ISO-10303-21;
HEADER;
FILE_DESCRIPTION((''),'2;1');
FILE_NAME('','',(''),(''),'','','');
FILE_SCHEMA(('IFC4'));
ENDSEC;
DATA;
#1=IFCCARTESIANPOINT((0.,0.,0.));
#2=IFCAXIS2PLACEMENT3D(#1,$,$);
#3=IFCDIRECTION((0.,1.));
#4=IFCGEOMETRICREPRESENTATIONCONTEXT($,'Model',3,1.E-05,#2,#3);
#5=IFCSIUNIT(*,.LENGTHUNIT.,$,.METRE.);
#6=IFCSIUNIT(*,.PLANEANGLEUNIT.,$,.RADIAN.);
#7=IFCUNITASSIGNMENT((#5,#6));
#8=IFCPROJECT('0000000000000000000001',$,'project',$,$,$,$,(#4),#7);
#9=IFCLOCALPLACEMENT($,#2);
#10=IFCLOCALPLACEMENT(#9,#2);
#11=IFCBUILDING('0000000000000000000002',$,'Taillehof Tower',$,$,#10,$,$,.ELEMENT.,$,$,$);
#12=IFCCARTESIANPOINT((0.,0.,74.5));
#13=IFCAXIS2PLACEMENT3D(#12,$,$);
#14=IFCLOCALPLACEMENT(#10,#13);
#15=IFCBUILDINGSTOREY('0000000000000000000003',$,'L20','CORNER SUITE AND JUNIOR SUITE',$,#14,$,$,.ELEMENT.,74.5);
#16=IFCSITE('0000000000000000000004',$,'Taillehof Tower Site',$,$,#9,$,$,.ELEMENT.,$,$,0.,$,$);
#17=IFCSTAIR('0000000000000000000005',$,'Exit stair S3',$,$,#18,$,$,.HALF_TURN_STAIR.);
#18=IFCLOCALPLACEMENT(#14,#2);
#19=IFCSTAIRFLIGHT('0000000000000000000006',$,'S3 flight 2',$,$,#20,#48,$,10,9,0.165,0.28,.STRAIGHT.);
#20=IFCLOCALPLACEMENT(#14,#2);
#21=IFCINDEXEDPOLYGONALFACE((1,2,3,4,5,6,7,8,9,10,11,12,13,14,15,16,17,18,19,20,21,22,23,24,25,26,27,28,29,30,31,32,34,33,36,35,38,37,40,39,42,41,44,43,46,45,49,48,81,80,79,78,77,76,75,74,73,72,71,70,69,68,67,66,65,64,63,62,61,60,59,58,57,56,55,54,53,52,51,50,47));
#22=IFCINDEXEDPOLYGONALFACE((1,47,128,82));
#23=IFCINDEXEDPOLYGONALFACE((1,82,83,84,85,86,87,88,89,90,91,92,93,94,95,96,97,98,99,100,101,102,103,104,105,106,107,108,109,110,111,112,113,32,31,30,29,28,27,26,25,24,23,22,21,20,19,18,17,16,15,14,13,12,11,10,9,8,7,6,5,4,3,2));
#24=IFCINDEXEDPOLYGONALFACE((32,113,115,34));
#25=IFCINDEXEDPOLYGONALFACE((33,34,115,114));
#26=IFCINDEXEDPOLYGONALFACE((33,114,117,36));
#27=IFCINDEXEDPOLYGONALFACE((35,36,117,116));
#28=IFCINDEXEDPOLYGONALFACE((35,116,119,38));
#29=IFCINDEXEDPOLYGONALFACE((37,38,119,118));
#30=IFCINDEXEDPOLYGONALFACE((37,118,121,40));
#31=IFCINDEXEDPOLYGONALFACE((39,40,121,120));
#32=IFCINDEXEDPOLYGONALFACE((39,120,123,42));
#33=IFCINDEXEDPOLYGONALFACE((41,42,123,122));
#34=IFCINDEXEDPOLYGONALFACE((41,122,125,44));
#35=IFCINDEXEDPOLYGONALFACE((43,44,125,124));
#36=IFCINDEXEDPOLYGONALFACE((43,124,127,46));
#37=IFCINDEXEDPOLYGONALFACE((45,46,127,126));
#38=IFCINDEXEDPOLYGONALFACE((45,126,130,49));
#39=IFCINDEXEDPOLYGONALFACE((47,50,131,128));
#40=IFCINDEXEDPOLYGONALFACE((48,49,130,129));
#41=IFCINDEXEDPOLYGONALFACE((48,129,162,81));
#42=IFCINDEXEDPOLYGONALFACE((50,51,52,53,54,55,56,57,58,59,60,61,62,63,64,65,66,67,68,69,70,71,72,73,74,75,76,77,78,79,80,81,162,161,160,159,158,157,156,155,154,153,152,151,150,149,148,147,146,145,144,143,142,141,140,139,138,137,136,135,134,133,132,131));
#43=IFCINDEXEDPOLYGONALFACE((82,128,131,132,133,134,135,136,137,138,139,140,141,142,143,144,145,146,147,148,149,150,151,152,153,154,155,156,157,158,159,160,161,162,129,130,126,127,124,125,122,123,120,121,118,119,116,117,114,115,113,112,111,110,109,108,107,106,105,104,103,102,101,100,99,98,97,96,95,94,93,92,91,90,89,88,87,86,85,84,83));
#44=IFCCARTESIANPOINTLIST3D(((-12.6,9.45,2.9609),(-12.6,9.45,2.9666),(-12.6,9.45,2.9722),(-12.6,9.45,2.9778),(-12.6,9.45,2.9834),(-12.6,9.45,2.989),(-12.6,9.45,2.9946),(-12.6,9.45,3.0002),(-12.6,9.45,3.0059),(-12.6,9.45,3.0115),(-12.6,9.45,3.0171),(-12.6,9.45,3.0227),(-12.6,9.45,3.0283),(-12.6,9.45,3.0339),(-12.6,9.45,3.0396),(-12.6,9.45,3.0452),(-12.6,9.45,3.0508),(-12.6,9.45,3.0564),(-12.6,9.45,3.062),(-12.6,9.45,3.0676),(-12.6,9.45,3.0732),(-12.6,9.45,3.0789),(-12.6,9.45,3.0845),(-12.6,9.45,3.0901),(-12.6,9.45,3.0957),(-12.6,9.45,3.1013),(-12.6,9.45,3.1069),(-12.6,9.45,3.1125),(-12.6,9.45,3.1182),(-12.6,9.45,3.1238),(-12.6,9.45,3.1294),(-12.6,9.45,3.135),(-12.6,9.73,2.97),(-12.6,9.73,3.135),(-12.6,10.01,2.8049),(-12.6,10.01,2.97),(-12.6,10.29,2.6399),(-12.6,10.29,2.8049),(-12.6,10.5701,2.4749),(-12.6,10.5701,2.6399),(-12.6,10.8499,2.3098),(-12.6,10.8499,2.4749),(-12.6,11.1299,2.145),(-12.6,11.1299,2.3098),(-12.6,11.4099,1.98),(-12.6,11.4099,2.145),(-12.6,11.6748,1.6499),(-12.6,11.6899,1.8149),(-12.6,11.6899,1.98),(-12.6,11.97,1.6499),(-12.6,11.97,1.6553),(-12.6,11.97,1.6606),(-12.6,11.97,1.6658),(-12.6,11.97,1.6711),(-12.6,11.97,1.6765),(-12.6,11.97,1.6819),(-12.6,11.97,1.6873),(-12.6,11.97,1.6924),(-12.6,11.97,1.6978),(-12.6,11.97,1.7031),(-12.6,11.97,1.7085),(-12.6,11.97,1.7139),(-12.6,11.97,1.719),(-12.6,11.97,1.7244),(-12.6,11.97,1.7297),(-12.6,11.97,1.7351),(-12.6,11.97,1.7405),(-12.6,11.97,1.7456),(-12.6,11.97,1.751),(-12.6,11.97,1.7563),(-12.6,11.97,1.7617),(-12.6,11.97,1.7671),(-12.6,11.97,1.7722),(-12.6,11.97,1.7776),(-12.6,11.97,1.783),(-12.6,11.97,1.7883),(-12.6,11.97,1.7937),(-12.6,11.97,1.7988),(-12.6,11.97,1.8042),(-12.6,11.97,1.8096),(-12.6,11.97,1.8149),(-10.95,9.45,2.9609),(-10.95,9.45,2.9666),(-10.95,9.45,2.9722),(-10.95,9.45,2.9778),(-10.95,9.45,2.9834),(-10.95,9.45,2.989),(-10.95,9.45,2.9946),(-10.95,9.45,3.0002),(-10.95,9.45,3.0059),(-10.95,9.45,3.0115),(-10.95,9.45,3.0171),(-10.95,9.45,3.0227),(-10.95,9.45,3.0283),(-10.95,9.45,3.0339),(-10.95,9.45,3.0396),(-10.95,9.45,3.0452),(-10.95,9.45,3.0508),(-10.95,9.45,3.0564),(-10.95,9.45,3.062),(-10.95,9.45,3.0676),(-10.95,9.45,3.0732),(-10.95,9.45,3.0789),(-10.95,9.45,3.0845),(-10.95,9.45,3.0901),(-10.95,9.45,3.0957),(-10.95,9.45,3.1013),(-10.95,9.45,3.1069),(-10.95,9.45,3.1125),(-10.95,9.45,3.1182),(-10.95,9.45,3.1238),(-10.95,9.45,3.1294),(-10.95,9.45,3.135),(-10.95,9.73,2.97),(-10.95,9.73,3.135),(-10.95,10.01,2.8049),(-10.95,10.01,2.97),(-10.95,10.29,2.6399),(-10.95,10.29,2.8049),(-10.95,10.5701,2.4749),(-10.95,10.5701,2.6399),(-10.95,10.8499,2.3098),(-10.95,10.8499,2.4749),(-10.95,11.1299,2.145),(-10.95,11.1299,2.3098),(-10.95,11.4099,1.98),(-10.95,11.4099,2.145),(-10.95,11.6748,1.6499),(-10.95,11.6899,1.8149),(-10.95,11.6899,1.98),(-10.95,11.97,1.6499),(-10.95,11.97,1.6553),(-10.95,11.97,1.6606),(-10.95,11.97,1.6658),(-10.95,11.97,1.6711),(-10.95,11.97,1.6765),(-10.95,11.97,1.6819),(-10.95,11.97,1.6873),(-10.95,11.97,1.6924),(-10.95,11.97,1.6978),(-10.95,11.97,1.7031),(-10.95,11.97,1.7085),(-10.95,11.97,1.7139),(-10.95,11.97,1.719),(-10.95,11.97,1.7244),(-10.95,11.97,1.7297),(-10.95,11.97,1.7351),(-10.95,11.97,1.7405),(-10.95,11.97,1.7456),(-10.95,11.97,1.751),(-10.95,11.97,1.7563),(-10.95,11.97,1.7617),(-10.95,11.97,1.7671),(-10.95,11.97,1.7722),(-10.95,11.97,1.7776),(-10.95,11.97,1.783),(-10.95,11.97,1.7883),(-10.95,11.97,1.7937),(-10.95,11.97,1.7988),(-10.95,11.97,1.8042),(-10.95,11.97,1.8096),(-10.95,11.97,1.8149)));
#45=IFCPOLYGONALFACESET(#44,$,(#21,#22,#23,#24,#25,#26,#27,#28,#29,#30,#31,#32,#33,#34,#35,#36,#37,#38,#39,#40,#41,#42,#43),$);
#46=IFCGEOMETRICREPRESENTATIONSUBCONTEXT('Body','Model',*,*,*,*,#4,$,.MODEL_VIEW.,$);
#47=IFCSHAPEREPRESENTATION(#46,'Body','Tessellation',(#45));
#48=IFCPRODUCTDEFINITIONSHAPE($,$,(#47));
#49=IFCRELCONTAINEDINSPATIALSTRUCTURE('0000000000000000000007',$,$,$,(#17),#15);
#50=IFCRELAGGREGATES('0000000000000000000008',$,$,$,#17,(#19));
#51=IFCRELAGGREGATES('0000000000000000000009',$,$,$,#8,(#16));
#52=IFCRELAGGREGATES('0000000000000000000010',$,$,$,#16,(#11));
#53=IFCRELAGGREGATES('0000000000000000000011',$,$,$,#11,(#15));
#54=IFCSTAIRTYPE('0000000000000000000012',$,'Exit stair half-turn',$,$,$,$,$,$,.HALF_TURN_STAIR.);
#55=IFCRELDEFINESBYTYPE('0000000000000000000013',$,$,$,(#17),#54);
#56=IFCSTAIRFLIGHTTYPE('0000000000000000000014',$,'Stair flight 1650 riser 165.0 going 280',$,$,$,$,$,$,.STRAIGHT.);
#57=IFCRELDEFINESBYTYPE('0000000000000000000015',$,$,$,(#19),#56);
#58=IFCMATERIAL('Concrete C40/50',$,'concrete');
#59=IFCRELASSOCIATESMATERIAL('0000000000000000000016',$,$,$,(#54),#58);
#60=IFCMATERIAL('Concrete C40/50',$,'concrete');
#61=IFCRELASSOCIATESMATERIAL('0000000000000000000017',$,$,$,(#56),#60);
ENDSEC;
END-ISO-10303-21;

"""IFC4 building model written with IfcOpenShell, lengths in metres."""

from ifc_helpers import new_model, si_unit, direction, frame, origin, place, context, subcontext, project, spatial, polyline, outline, extrude, material, type_object, element, aggregate, save


model = new_model("IFC4")

# Units and contexts
model_context = context("Model", 3, precision=1e-05, world=origin(), true_north=direction((0.0, 1.0)))
body_context = subcontext(model_context, "Body", "Model", "MODEL_VIEW")
ifc_project = project(units=[si_unit("LENGTHUNIT", "METRE"), si_unit("PLANEANGLEUNIT", "RADIAN")], contexts=[model_context])

# Site, building, storey
site_placement = place(None, origin())
site = spatial("IfcSite", under=ifc_project, at=site_placement, Name="Taillehof Tower Site", CompositionType="ELEMENT", RefElevation=0.0)
building_placement = place(site_placement, origin())
building = spatial("IfcBuilding", under=site, at=building_placement, Name="Taillehof Tower", CompositionType="ELEMENT")
storey_placement = place(building_placement, frame((0.0, 0.0, 74.5)))
storey = spatial("IfcBuildingStorey", under=building, at=storey_placement, Name="L20", Description="CORNER SUITE AND JUNIOR SUITE", CompositionType="ELEMENT", Elevation=74.5)

# Stair, stair flight
ifc_material_1 = material(Name="Concrete C40/50", Category="concrete")
stair_type = type_object("IfcStairType", Name="Exit stair half-turn", PredefinedType="HALF_TURN_STAIR", material=ifc_material_1)
stair_placement = place(storey_placement, origin())
stair = element("IfcStair", 1, at=stair_placement, inside=storey, type_object=stair_type, Name="Exit stair S3", PredefinedType="HALF_TURN_STAIR")
ifc_material_2 = material(Name="Concrete C40/50", Category="concrete")
stair_flight_type = type_object("IfcStairFlightType", Name="Stair flight 1650 riser 165.0 going 280", PredefinedType="STRAIGHT", material=ifc_material_2)
stair_flight_1_placement = place(storey_placement, frame((-11.7749, 11.97, 1.6499), z_axis=(0.0, 0.0, 1.0), x_axis=(0.0, -1.0, 0.0)))
stair_flight_1 = element("IfcStairFlight", 2, at=stair_flight_1_placement, type_object=stair_flight_type, Name="S3 flight 2", NumberOfRisers=10, NumberOfTreads=9, PredefinedType="STRAIGHT", RiserHeight=0.165, TreadLength=0.28, context=body_context, shape_type="SweptSolid", body=[
    extrude(outline(polyline([(0.0, 0.0), (0.0, 0.0054), (0.0, 0.0107), (0.0, 0.0159), (0.0, 0.0212), (0.0, 0.0266), (0.0, 0.032), (0.0, 0.0374), (0.0, 0.0425), (0.0, 0.0479), (0.0, 0.0532), (0.0, 0.0586), (0.0, 0.064), (0.0, 0.0691), (0.0, 0.0745), (0.0, 0.0798), (0.0, 0.0852), (0.0, 0.0906), (0.0, 0.0957), (0.0, 0.1011), (0.0, 0.1064), (0.0, 0.1118), (0.0, 0.1172), (0.0, 0.1223), (0.0, 0.1277), (0.0, 0.1331), (0.0, 0.1384), (0.0, 0.1438), (0.0, 0.1489), (0.0, 0.1543), (0.0, 0.1597), (0.0, 0.165), (0.28, 0.165), (0.28, 0.3301), (0.5601, 0.3301), (0.5601, 0.4951), (0.8401, 0.4951), (0.8401, 0.6599), (1.1201, 0.6599), (1.1201, 0.825), (1.3999, 0.825), (1.3999, 0.99), (1.6799, 0.99), (1.6799, 1.155), (1.96, 1.155), (1.96, 1.3201), (2.24, 1.3201), (2.24, 1.4851), (2.52, 1.4851), (2.52, 1.4795), (2.52, 1.4739), (2.52, 1.4683), (2.52, 1.4626), (2.52, 1.457), (2.52, 1.4514), (2.52, 1.4458), (2.52, 1.4402), (2.52, 1.4346), (2.52, 1.429), (2.52, 1.4233), (2.52, 1.4177), (2.52, 1.4121), (2.52, 1.4065), (2.52, 1.4009), (2.52, 1.3953), (2.52, 1.3896), (2.52, 1.384), (2.52, 1.3784), (2.52, 1.3728), (2.52, 1.3672), (2.52, 1.3616), (2.52, 1.356), (2.52, 1.3503), (2.52, 1.3447), (2.52, 1.3391), (2.52, 1.3335), (2.52, 1.3279), (2.52, 1.3223), (2.52, 1.3167), (2.52, 1.311), (0.2952, 0.0), (0.0, 0.0)])), frame((0.0, 0.825, 0.0), z_axis=(0.0, -1.0, 0.0), x_axis=(1.0, 0.0, 0.0)), (0.0, 0.0, 1.0), 1.65),
])
aggregate(stair, [stair_flight_1])

save(model, "model.ifc")
